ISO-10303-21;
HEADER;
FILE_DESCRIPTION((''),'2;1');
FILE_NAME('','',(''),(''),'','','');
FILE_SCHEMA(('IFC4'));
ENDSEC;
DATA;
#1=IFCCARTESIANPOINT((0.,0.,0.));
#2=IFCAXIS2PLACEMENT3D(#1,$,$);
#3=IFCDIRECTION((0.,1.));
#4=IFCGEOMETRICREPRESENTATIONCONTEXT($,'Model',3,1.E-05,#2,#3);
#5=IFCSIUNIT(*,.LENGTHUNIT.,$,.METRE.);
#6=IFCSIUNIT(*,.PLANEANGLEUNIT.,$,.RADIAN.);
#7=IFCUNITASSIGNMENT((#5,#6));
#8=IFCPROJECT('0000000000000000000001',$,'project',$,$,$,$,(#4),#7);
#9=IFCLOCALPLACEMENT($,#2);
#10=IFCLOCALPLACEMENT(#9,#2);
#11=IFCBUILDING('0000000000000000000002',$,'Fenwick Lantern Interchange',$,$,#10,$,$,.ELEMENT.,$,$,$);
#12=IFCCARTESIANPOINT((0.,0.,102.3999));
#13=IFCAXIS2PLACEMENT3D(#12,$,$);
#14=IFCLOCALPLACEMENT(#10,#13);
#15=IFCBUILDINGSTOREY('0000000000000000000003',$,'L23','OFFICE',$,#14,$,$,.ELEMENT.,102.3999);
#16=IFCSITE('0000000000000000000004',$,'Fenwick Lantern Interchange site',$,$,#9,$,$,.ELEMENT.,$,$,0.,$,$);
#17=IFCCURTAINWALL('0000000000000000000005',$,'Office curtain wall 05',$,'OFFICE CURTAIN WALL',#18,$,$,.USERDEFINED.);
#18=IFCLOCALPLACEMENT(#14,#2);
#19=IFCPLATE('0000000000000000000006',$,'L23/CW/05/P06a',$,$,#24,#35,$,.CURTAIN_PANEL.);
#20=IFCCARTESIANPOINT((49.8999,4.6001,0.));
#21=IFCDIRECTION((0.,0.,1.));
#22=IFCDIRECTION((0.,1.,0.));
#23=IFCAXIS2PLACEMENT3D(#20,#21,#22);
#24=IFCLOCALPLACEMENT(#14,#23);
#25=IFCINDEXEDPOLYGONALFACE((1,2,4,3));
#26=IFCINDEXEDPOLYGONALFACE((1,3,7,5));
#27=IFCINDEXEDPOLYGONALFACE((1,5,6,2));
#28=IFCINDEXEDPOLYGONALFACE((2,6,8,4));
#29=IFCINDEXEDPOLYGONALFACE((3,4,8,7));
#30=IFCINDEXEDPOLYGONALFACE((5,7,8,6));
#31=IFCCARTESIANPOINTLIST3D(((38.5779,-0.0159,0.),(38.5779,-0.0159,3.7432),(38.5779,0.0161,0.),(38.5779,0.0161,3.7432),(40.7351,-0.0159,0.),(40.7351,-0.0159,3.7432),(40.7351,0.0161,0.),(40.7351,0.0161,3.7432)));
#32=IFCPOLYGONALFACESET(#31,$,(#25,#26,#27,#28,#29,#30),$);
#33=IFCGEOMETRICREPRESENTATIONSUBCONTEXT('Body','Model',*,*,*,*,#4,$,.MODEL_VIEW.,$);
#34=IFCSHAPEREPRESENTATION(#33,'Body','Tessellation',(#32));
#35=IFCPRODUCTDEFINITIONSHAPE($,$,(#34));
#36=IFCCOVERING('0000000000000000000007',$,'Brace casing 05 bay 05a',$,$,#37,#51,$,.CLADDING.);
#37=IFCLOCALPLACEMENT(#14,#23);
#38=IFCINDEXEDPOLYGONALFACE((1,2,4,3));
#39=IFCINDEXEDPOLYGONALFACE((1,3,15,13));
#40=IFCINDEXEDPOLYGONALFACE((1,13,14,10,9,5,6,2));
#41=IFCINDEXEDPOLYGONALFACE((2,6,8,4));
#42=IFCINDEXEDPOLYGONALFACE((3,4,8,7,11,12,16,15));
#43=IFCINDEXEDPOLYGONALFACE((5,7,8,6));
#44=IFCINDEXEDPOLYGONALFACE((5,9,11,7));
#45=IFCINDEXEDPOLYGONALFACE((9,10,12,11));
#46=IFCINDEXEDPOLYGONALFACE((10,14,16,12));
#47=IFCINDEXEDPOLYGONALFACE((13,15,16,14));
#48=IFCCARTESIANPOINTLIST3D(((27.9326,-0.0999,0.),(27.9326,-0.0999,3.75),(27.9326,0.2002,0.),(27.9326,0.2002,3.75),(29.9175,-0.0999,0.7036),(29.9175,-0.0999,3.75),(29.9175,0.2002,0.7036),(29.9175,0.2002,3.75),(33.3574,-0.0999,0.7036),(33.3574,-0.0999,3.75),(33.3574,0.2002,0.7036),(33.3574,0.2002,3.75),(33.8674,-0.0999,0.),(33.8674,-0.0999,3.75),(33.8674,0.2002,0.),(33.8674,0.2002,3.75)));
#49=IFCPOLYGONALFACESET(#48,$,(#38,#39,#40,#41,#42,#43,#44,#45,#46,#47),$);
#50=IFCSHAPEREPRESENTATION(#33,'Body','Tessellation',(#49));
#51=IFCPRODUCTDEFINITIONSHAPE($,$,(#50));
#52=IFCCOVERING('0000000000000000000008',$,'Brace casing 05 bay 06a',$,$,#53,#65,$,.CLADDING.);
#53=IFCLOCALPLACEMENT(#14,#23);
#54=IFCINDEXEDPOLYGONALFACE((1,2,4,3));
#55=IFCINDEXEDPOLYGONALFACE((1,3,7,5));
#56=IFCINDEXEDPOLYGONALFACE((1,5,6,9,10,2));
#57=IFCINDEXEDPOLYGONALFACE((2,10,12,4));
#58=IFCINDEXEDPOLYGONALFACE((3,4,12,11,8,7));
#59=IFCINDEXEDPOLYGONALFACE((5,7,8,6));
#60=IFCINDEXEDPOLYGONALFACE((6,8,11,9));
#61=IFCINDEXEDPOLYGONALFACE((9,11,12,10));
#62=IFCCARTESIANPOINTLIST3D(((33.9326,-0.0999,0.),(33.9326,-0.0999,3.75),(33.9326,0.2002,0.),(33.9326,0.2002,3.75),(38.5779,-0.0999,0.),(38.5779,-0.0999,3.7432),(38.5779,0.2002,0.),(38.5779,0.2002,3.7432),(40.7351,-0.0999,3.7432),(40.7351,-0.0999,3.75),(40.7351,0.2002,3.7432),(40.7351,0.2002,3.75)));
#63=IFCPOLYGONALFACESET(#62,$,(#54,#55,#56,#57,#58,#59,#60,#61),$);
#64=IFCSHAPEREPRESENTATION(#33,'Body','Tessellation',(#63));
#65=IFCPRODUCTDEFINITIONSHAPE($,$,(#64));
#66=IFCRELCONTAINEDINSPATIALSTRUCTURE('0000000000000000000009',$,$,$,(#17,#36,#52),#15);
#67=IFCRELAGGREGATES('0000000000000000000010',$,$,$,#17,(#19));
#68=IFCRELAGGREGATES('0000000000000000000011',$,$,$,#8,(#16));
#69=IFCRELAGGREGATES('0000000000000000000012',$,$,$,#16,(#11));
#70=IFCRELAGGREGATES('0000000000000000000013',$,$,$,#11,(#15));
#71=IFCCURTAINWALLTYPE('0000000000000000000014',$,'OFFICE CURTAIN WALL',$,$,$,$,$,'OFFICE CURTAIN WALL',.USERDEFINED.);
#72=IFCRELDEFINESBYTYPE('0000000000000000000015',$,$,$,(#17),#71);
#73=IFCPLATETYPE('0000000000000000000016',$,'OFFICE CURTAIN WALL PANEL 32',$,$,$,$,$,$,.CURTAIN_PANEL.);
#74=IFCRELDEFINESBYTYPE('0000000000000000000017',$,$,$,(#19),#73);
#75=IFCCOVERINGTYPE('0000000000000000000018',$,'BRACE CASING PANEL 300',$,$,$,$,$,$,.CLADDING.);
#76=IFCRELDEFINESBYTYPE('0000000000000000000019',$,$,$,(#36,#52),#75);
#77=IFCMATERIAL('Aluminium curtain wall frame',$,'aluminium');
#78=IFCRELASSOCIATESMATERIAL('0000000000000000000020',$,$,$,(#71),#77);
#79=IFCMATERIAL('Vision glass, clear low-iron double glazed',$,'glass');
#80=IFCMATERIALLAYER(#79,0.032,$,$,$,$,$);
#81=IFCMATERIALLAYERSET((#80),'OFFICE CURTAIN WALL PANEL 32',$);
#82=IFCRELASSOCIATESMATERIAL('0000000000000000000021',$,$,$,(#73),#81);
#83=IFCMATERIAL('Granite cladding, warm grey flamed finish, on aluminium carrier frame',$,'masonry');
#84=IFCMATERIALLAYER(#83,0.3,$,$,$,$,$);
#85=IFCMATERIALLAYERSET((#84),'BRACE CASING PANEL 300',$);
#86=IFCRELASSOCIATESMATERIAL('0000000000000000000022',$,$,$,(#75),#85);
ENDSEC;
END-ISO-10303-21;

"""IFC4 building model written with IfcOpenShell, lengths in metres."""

from ifc_helpers import new_model, si_unit, direction, frame, origin, place, context, subcontext, project, spatial, polyline, outline, extrude, material, layer, layer_set, type_object, element, aggregate, save


model = new_model("IFC4")

# Units and contexts
model_context = context("Model", 3, precision=1e-05, world=origin(), true_north=direction((0.0, 1.0)))
body_context = subcontext(model_context, "Body", "Model", "MODEL_VIEW")
ifc_project = project(units=[si_unit("LENGTHUNIT", "METRE"), si_unit("PLANEANGLEUNIT", "RADIAN")], contexts=[model_context])

# Site, building, storey
site_placement = place(None, origin())
site = spatial("IfcSite", under=ifc_project, at=site_placement, Name="Fenwick Lantern Interchange site", CompositionType="ELEMENT", RefElevation=0.0)
building_placement = place(site_placement, origin())
building = spatial("IfcBuilding", under=site, at=building_placement, Name="Fenwick Lantern Interchange", CompositionType="ELEMENT")
storey_placement = place(building_placement, frame((0.0, 0.0, 102.3999)))
storey = spatial("IfcBuildingStorey", under=building, at=storey_placement, Name="L23", Description="OFFICE", CompositionType="ELEMENT", Elevation=102.3999)

# Curtain wall, plate
ifc_material_1 = material(Name="Aluminium curtain wall frame", Category="aluminium")
curtain_wall_type = type_object("IfcCurtainWallType", Name="OFFICE CURTAIN WALL", ElementType="OFFICE CURTAIN WALL", PredefinedType="USERDEFINED", material=ifc_material_1)
curtain_wall_placement = place(storey_placement, origin())
curtain_wall = element("IfcCurtainWall", 1, at=curtain_wall_placement, inside=storey, type_object=curtain_wall_type, Name="Office curtain wall 05", ObjectType="OFFICE CURTAIN WALL", PredefinedType="USERDEFINED")
ifc_material_2 = material(Name="Vision glass, clear low-iron double glazed", Category="glass")
ifc_layer_1 = layer(ifc_material_2, 0.032)
ifc_layer_set_1 = layer_set([ifc_layer_1], Name="OFFICE CURTAIN WALL PANEL 32")
plate_type = type_object("IfcPlateType", Name="OFFICE CURTAIN WALL PANEL 32", PredefinedType="CURTAIN_PANEL", material=ifc_layer_set_1)
plate_placement = place(storey_placement, frame((49.8999, 4.6001, 0.0), z_axis=(0.0, 0.0, 1.0), x_axis=(0.0, 1.0, 0.0)))
plate = element("IfcPlate", 2, at=plate_placement, type_object=plate_type, Name="L23/CW/05/P06a", PredefinedType="CURTAIN_PANEL", context=body_context, shape_type="SweptSolid", body=[
    extrude(outline(polyline([(38.5779, 0.0), (40.7351, 0.0), (40.7351, 3.7432), (38.5779, 3.7432), (38.5779, 0.0)])), frame((0.0, 0.0161, 0.0), z_axis=(0.0, -1.0, 0.0), x_axis=(1.0, 0.0, 0.0)), (0.0, 0.0, 1.0), 0.032),
])
aggregate(curtain_wall, [plate])

# Coverings
ifc_material_3 = material(Name="Granite cladding, warm grey flamed finish, on aluminium carrier frame", Category="masonry")
ifc_layer_2 = layer(ifc_material_3, 0.3)
ifc_layer_set_2 = layer_set([ifc_layer_2], Name="BRACE CASING PANEL 300")
covering_type = type_object("IfcCoveringType", Name="BRACE CASING PANEL 300", PredefinedType="CLADDING", material=ifc_layer_set_2)
covering_1_placement = place(storey_placement, frame((49.8999, 4.6001, 0.0), z_axis=(0.0, 0.0, 1.0), x_axis=(0.0, 1.0, 0.0)))
element("IfcCovering", 3, at=covering_1_placement, inside=storey, type_object=covering_type, Name="Brace casing 05 bay 05a", PredefinedType="CLADDING", context=body_context, shape_type="SweptSolid", body=[
    extrude(outline(polyline([(27.9326, 0.0), (33.8674, 0.0), (33.8674, 3.75), (33.3574, 3.75), (33.3574, 0.7036), (29.9175, 0.7036), (29.9175, 3.75), (27.9326, 3.75), (27.9326, 0.0)])), frame((0.0, 0.2002, 0.0), z_axis=(0.0, -1.0, 0.0), x_axis=(1.0, 0.0, 0.0)), (0.0, 0.0, 1.0), 0.3),
])
covering_2_placement = place(storey_placement, frame((49.8999, 4.6001, 0.0), z_axis=(0.0, 0.0, 1.0), x_axis=(0.0, 1.0, 0.0)))
element("IfcCovering", 4, at=covering_2_placement, inside=storey, type_object=covering_type, Name="Brace casing 05 bay 06a", PredefinedType="CLADDING", context=body_context, shape_type="SweptSolid", body=[
    extrude(outline(polyline([(33.9326, 0.0), (38.5779, 0.0), (38.5779, 3.7432), (40.7351, 3.7432), (40.7351, 3.75), (33.9326, 3.75), (33.9326, 0.0)])), frame((0.0, 0.2002, 0.0), z_axis=(0.0, -1.0, 0.0), x_axis=(1.0, 0.0, 0.0)), (0.0, 0.0, 1.0), 0.3),
])

save(model, "model.ifc")
